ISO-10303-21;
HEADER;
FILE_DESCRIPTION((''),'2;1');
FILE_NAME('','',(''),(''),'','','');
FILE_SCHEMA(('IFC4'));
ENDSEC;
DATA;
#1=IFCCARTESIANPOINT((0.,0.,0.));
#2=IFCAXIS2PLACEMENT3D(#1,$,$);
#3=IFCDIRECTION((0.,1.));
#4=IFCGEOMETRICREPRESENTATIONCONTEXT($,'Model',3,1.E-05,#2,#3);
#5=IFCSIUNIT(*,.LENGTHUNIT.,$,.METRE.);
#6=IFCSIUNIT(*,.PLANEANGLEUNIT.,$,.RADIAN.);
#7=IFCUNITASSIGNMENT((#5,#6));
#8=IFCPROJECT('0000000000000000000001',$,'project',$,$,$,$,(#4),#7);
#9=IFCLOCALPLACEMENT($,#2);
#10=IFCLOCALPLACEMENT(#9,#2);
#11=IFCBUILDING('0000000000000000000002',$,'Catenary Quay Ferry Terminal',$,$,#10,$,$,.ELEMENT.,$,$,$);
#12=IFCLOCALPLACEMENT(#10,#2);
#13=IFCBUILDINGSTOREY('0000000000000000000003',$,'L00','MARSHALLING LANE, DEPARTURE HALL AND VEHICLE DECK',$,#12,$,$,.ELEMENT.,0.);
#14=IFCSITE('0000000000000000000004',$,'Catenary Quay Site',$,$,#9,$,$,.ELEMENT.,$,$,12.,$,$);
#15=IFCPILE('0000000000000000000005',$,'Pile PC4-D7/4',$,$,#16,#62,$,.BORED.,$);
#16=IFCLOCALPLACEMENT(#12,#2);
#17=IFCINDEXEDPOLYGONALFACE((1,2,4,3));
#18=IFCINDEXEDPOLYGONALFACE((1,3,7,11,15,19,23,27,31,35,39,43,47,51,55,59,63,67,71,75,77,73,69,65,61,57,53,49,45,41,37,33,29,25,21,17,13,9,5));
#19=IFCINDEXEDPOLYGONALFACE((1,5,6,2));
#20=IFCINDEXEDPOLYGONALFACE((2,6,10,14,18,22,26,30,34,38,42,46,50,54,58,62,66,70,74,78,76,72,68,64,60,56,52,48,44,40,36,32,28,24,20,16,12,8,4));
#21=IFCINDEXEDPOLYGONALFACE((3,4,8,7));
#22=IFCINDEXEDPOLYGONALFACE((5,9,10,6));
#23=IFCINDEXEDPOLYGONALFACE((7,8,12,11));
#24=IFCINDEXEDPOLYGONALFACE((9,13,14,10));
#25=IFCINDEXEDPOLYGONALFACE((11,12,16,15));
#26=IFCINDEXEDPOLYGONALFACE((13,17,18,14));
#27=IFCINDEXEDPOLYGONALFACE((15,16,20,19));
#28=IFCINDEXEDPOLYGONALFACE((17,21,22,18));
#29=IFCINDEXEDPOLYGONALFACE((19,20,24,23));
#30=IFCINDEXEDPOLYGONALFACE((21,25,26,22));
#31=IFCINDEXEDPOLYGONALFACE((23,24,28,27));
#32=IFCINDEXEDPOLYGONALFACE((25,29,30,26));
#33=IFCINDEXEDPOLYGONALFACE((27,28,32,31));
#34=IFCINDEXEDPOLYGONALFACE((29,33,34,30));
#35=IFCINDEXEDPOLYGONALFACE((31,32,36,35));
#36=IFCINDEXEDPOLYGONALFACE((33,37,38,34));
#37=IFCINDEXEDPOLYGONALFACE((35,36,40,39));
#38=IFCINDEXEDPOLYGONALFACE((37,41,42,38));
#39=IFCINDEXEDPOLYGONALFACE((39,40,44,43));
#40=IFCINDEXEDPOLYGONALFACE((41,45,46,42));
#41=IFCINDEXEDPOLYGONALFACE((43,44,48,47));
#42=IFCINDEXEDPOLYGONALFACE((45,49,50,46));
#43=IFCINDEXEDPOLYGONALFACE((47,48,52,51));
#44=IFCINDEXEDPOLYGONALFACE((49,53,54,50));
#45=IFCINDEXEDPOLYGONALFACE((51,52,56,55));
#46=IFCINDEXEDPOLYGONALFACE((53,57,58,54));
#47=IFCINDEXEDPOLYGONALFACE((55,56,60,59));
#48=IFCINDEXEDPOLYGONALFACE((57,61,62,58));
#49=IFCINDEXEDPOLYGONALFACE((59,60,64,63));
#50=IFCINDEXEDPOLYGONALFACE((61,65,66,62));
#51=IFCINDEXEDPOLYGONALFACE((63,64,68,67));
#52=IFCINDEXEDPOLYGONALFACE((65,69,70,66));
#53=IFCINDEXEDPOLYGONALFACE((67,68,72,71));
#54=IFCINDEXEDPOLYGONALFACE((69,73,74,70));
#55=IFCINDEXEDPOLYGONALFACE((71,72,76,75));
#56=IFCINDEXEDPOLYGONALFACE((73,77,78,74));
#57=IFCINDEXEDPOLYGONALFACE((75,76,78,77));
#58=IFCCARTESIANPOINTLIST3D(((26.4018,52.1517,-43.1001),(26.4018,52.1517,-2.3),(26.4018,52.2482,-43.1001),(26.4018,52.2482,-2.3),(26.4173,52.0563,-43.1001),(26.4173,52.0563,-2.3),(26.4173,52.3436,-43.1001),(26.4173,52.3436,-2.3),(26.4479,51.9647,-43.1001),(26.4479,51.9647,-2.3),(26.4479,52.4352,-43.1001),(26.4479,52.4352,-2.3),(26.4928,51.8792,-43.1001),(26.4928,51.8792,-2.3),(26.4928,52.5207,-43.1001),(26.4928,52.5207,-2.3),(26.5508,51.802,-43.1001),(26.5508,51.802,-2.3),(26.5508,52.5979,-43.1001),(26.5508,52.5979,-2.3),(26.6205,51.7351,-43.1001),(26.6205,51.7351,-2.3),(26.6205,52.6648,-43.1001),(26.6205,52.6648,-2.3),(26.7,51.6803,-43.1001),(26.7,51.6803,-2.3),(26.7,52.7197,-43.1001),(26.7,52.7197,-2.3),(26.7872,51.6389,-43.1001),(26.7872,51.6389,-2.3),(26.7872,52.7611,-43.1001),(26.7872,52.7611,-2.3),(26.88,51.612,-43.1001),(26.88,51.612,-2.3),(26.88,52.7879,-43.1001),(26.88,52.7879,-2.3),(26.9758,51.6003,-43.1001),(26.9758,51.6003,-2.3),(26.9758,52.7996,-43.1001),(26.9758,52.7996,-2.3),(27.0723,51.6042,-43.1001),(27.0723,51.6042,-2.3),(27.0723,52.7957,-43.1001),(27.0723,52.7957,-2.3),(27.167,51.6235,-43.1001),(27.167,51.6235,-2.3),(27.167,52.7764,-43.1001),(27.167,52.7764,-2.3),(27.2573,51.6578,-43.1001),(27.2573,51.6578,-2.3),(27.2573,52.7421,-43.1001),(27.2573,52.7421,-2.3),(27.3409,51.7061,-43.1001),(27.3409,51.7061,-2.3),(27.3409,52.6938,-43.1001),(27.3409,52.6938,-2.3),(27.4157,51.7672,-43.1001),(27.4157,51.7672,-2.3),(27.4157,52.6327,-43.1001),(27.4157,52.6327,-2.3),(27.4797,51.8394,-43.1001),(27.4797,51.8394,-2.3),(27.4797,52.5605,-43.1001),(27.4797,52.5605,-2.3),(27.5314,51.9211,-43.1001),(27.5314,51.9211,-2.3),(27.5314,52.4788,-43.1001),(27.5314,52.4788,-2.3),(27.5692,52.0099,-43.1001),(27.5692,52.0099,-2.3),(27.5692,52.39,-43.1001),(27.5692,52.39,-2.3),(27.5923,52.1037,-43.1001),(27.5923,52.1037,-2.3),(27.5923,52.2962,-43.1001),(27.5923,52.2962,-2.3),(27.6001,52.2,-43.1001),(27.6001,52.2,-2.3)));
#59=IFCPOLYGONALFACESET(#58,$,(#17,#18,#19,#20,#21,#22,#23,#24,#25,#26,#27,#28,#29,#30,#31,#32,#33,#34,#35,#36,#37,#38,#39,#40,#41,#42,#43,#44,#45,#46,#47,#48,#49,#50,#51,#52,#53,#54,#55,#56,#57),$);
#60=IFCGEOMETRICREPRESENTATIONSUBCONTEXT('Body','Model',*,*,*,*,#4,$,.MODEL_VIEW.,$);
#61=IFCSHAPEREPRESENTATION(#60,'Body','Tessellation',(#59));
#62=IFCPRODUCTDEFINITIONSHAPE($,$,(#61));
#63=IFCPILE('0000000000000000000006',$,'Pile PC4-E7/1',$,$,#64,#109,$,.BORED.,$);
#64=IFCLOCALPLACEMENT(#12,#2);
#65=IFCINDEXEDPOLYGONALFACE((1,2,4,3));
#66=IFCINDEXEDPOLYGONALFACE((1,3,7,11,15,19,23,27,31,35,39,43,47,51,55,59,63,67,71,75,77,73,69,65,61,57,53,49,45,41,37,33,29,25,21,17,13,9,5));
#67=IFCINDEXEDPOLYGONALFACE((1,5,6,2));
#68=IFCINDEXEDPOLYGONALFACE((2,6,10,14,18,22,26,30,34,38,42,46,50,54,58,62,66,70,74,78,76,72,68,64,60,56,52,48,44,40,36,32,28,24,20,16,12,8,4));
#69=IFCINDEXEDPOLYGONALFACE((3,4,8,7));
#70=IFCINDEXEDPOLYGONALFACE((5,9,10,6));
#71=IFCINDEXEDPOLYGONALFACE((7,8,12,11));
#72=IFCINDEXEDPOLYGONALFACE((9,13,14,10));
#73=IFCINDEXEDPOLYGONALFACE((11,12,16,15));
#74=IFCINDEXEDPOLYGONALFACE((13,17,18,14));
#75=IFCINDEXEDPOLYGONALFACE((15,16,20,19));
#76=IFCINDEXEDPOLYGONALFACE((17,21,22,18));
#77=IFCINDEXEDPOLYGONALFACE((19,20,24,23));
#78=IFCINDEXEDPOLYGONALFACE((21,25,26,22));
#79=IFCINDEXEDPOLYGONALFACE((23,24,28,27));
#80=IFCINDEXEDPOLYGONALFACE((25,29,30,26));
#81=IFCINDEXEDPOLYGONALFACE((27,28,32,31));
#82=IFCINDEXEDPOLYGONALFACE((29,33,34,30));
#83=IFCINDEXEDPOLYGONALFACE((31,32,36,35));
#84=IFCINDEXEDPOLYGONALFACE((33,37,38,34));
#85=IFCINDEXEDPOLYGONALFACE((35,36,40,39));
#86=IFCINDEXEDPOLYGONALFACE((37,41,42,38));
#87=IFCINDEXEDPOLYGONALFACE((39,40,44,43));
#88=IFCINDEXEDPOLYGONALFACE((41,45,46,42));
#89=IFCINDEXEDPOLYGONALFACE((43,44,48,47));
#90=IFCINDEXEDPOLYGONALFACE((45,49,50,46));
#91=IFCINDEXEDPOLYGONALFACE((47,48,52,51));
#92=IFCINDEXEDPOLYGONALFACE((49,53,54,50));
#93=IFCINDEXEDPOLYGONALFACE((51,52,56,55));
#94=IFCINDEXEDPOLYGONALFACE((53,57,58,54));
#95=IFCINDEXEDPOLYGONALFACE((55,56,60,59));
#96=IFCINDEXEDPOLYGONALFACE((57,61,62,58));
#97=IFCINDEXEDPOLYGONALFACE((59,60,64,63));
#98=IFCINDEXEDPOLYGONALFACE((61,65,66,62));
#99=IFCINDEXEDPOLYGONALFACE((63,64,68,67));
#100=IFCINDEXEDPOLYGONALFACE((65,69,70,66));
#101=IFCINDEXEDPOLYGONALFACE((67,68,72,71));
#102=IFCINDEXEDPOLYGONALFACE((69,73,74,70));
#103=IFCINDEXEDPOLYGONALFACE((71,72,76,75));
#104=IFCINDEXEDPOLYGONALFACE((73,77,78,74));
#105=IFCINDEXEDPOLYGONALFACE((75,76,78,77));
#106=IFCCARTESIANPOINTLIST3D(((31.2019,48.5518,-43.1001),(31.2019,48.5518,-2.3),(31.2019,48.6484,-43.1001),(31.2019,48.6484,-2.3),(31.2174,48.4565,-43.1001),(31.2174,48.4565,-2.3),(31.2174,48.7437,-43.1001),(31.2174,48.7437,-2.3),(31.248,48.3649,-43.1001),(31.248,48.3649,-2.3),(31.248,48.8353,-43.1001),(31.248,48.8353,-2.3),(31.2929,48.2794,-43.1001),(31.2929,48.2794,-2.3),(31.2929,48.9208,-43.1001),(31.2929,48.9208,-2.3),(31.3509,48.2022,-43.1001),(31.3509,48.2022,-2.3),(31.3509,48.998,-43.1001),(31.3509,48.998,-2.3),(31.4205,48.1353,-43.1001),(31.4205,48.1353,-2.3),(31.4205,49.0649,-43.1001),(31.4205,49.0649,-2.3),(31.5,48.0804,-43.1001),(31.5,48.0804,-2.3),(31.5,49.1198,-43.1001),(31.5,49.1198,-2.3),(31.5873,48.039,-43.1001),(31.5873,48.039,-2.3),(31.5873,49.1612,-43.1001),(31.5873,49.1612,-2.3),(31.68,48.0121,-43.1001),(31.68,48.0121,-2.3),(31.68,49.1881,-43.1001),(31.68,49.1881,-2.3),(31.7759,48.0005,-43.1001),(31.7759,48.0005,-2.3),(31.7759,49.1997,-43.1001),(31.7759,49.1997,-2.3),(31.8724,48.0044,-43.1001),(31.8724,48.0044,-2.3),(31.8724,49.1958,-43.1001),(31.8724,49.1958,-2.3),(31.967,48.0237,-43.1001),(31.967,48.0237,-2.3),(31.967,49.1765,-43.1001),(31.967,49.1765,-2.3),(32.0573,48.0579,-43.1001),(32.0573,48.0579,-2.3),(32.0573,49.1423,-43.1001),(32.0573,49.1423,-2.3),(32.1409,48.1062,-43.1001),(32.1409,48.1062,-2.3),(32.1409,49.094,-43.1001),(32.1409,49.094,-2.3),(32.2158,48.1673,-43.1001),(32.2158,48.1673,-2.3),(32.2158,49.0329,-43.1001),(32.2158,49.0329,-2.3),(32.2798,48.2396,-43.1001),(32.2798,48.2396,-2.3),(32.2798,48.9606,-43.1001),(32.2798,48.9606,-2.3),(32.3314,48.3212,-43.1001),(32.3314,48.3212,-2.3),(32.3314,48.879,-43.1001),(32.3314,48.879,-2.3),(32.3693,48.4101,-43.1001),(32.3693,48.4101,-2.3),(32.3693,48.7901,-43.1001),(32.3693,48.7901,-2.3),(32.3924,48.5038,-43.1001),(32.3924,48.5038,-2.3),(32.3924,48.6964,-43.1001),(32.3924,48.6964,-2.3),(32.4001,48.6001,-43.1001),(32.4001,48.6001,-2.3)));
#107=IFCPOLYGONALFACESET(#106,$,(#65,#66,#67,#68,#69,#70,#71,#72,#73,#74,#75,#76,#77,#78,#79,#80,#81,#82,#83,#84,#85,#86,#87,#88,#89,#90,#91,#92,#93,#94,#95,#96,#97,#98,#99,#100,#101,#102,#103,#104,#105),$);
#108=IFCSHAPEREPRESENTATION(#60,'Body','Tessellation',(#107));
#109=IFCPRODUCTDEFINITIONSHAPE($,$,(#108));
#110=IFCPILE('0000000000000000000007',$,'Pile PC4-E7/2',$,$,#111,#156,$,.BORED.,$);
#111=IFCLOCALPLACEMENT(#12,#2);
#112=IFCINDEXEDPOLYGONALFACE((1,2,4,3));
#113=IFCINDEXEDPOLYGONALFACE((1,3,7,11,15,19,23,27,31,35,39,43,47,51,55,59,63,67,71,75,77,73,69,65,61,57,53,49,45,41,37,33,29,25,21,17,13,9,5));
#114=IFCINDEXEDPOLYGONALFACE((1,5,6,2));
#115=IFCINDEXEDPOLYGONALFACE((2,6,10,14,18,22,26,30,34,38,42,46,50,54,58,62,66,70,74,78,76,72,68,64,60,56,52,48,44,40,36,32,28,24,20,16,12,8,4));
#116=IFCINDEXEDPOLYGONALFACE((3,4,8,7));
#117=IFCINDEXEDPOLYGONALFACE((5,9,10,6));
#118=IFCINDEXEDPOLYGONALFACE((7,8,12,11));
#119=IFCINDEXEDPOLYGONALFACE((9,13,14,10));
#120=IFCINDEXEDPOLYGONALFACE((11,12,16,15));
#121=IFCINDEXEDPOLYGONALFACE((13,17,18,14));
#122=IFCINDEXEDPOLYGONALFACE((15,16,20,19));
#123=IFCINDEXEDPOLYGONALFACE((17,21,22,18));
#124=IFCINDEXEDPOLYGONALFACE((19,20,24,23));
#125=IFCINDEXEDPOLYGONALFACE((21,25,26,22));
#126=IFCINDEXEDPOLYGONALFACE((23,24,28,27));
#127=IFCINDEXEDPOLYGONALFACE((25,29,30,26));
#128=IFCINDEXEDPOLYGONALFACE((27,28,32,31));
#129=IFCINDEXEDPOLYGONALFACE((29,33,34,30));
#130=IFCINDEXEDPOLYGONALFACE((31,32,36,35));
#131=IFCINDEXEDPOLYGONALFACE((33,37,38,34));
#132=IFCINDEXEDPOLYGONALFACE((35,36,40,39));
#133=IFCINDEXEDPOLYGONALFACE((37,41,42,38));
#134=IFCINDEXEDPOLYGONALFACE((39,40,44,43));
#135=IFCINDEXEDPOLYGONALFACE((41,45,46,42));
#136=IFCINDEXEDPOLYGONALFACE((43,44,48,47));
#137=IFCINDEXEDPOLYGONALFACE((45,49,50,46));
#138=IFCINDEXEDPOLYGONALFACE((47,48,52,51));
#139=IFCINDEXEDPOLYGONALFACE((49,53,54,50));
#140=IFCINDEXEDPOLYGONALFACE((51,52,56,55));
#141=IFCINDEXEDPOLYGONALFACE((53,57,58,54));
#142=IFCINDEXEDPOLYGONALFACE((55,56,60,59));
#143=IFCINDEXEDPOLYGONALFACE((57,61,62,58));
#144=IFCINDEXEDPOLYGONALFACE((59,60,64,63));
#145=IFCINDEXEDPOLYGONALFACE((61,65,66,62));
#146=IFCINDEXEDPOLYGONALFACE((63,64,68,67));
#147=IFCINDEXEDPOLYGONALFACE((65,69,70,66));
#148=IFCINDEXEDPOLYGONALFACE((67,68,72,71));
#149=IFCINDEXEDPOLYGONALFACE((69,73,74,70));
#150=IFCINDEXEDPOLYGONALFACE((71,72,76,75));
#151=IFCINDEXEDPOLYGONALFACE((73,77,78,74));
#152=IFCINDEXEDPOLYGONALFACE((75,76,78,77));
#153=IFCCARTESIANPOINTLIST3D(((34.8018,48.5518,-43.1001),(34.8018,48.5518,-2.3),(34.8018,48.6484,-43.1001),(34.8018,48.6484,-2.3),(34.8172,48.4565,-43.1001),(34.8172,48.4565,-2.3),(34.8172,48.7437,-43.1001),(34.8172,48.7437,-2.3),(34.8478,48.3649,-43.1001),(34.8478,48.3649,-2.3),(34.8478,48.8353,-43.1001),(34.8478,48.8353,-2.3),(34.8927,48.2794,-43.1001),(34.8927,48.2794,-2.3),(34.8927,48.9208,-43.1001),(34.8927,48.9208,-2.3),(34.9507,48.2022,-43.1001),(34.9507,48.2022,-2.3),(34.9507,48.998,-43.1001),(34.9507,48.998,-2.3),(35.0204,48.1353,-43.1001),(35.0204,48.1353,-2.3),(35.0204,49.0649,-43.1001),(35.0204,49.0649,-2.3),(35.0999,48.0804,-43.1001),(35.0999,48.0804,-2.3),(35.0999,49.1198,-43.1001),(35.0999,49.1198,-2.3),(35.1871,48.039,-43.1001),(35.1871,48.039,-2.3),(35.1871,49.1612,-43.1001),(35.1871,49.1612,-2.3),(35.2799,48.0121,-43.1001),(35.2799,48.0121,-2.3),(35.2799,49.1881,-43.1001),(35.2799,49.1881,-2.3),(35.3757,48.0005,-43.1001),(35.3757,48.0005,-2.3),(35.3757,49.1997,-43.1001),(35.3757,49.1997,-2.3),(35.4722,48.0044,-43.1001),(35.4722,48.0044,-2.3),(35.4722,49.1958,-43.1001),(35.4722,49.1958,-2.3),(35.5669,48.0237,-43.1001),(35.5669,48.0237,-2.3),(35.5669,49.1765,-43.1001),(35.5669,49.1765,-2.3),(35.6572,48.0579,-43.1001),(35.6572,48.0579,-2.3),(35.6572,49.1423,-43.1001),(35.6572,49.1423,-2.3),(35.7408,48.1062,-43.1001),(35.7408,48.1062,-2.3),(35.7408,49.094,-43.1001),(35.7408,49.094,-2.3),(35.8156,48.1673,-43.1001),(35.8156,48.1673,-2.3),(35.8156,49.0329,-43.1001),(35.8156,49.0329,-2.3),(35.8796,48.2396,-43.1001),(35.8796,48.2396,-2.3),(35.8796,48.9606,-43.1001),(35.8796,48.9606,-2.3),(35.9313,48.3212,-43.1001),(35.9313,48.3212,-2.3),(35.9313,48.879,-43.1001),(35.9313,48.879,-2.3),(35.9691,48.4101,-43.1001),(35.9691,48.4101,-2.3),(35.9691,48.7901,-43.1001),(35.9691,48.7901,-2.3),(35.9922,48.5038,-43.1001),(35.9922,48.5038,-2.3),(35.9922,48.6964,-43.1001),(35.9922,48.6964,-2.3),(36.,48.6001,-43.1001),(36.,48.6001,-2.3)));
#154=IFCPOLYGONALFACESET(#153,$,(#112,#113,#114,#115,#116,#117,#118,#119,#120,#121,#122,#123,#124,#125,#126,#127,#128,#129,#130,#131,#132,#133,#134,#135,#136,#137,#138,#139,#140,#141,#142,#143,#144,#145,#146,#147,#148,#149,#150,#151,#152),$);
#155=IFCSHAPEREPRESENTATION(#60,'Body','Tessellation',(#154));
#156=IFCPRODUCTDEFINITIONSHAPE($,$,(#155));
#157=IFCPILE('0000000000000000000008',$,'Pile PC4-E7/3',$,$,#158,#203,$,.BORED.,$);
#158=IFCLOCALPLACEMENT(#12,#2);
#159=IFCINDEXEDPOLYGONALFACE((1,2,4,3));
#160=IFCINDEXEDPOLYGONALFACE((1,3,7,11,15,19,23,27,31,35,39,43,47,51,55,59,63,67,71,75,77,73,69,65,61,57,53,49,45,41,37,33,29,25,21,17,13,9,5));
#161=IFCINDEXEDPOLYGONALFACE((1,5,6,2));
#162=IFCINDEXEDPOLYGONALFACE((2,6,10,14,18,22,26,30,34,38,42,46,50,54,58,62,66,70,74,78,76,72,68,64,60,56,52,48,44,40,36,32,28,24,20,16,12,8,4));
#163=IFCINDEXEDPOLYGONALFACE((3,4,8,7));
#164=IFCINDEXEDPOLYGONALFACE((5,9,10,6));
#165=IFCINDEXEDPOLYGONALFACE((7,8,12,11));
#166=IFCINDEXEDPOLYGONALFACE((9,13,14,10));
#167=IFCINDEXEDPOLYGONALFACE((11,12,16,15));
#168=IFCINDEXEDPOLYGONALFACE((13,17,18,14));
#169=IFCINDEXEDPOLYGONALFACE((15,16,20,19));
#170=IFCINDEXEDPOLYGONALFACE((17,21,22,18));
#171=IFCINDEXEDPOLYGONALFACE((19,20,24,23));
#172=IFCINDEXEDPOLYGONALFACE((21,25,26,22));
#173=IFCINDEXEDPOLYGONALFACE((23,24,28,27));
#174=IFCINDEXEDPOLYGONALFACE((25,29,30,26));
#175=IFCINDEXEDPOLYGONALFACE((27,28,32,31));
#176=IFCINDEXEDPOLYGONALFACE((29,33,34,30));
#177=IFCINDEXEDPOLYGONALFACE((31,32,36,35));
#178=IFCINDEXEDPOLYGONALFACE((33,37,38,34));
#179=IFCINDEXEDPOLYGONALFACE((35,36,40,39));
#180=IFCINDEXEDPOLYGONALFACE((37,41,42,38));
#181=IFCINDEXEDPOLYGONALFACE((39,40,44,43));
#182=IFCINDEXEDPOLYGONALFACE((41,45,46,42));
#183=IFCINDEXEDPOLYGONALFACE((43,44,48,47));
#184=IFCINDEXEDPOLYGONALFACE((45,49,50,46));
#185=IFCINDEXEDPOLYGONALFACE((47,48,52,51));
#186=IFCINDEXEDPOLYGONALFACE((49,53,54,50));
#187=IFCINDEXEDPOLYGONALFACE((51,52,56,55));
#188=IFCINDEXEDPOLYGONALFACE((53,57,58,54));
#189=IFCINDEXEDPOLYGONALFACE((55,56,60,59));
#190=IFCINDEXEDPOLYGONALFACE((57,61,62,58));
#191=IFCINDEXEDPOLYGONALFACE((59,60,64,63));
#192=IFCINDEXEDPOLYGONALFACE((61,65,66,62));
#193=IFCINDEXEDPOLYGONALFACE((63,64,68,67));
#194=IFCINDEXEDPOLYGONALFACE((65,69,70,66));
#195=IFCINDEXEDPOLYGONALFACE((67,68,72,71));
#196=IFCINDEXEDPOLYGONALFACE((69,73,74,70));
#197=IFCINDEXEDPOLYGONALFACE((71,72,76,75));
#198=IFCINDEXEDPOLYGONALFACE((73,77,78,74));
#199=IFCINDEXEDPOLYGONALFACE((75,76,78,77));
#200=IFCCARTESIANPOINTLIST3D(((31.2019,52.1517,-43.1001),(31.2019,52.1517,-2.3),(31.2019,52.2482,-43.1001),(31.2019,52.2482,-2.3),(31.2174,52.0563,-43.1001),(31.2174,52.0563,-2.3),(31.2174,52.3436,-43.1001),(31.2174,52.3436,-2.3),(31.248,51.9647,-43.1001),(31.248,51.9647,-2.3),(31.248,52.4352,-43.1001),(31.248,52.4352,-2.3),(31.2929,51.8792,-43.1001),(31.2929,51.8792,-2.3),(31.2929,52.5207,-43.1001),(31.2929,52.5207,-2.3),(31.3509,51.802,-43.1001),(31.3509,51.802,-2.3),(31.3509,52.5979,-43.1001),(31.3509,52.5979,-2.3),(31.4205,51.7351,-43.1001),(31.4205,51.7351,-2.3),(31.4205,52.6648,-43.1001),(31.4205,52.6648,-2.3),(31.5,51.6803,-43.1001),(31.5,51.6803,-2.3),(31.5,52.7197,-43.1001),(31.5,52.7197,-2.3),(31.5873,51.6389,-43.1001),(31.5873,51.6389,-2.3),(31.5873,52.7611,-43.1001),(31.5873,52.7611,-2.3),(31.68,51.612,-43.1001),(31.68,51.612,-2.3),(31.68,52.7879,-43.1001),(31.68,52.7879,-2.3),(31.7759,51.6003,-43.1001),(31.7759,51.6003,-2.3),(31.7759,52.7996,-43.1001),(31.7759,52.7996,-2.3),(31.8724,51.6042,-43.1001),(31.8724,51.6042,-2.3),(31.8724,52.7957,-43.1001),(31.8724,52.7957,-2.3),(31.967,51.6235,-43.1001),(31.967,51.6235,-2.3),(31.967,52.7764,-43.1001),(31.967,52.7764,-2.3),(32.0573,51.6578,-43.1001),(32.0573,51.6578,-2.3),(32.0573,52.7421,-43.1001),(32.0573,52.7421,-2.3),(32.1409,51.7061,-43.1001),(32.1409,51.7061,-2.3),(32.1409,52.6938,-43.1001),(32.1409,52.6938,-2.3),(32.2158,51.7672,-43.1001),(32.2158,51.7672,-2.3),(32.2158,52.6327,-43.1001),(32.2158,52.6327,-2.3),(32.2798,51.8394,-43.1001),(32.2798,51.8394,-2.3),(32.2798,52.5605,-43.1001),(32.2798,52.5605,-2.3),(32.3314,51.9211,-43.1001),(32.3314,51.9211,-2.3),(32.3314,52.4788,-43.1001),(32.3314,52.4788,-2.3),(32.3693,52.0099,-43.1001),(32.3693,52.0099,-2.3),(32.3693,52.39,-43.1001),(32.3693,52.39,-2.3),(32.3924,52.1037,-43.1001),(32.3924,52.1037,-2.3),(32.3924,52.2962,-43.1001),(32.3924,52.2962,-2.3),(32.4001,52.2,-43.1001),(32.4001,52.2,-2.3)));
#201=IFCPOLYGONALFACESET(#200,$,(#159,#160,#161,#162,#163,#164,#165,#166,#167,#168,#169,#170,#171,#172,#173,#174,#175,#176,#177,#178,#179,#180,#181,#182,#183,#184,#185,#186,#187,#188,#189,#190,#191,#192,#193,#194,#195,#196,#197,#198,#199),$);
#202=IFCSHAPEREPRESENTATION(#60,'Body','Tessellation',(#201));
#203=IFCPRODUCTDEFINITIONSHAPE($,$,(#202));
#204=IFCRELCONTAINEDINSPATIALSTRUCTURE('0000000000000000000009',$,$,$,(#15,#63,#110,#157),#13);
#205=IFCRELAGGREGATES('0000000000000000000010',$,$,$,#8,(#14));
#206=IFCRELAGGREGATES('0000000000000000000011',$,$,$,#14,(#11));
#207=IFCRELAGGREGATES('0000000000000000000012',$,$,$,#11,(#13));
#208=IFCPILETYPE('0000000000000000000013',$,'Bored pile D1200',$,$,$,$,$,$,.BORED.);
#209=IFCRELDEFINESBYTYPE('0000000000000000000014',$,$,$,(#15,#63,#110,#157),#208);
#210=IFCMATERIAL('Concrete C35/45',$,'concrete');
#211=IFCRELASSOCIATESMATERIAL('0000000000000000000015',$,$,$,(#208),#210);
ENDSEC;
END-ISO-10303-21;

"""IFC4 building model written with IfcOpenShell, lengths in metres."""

from ifc_helpers import new_model, si_unit, direction, frame, origin, origin_2d, place, context, subcontext, project, spatial, circle, extrude, material, material_profile, profile_set, type_object, element, save


model = new_model("IFC4")

# Units and contexts
model_context = context("Model", 3, precision=1e-05, world=origin(), true_north=direction((0.0, 1.0)))
body_context = subcontext(model_context, "Body", "Model", "MODEL_VIEW")
ifc_project = project(units=[si_unit("LENGTHUNIT", "METRE"), si_unit("PLANEANGLEUNIT", "RADIAN")], contexts=[model_context])

# Site, building, storey
site_placement = place(None, origin())
site = spatial("IfcSite", under=ifc_project, at=site_placement, Name="Catenary Quay Site", CompositionType="ELEMENT", RefElevation=12.0)
building_placement = place(site_placement, origin())
building = spatial("IfcBuilding", under=site, at=building_placement, Name="Catenary Quay Ferry Terminal", CompositionType="ELEMENT")
storey_placement = place(building_placement, origin())
storey = spatial("IfcBuildingStorey", under=building, at=storey_placement, Name="L00", Description="MARSHALLING LANE, DEPARTURE HALL AND VEHICLE DECK", CompositionType="ELEMENT", Elevation=0.0)

# Piles
ifc_material_1 = material(Name="Concrete C35/45", Category="concrete")
ifc_material_profile_1 = material_profile(ifc_material_1, circle(Radius=0.6001, at=origin_2d()), Name="D1200")
ifc_profile_set_1 = profile_set([ifc_material_profile_1], Name="Concrete C35/45")
pile_type = type_object("IfcPileType", Name="Bored pile D1200", PredefinedType="BORED", material=ifc_profile_set_1)
for number, where, z_axis, x_axis, name in (
    (1, (27.0, 52.2, -2.3), (0.0, 0.0, -1.0), (1.0, 0.0, 0.0), "Pile PC4-D7/4"),
    (2, (31.8, 48.6001, -2.3), (0.0, 0.0, -1.0), (1.0, 0.0, 0.0), "Pile PC4-E7/1"),
    (3, (35.3999, 48.6001, -2.3), (0.0, 0.0, -1.0), (1.0, 0.0, 0.0), "Pile PC4-E7/2"),
    (4, (31.8, 52.2, -2.3), (0.0, 0.0, -1.0), (1.0, 0.0, 0.0), "Pile PC4-E7/3"),
):
    element("IfcPile", number, at=place(storey_placement, frame(where, z_axis=z_axis, x_axis=x_axis)), inside=storey, type_object=pile_type, Name=name, PredefinedType="BORED", context=body_context, shape_type="SweptSolid", body=[
        extrude(circle(Radius=0.6001, at=origin_2d()), origin(), (0.0, 0.0, 1.0), 40.8),
    ])

save(model, "model.ifc")
